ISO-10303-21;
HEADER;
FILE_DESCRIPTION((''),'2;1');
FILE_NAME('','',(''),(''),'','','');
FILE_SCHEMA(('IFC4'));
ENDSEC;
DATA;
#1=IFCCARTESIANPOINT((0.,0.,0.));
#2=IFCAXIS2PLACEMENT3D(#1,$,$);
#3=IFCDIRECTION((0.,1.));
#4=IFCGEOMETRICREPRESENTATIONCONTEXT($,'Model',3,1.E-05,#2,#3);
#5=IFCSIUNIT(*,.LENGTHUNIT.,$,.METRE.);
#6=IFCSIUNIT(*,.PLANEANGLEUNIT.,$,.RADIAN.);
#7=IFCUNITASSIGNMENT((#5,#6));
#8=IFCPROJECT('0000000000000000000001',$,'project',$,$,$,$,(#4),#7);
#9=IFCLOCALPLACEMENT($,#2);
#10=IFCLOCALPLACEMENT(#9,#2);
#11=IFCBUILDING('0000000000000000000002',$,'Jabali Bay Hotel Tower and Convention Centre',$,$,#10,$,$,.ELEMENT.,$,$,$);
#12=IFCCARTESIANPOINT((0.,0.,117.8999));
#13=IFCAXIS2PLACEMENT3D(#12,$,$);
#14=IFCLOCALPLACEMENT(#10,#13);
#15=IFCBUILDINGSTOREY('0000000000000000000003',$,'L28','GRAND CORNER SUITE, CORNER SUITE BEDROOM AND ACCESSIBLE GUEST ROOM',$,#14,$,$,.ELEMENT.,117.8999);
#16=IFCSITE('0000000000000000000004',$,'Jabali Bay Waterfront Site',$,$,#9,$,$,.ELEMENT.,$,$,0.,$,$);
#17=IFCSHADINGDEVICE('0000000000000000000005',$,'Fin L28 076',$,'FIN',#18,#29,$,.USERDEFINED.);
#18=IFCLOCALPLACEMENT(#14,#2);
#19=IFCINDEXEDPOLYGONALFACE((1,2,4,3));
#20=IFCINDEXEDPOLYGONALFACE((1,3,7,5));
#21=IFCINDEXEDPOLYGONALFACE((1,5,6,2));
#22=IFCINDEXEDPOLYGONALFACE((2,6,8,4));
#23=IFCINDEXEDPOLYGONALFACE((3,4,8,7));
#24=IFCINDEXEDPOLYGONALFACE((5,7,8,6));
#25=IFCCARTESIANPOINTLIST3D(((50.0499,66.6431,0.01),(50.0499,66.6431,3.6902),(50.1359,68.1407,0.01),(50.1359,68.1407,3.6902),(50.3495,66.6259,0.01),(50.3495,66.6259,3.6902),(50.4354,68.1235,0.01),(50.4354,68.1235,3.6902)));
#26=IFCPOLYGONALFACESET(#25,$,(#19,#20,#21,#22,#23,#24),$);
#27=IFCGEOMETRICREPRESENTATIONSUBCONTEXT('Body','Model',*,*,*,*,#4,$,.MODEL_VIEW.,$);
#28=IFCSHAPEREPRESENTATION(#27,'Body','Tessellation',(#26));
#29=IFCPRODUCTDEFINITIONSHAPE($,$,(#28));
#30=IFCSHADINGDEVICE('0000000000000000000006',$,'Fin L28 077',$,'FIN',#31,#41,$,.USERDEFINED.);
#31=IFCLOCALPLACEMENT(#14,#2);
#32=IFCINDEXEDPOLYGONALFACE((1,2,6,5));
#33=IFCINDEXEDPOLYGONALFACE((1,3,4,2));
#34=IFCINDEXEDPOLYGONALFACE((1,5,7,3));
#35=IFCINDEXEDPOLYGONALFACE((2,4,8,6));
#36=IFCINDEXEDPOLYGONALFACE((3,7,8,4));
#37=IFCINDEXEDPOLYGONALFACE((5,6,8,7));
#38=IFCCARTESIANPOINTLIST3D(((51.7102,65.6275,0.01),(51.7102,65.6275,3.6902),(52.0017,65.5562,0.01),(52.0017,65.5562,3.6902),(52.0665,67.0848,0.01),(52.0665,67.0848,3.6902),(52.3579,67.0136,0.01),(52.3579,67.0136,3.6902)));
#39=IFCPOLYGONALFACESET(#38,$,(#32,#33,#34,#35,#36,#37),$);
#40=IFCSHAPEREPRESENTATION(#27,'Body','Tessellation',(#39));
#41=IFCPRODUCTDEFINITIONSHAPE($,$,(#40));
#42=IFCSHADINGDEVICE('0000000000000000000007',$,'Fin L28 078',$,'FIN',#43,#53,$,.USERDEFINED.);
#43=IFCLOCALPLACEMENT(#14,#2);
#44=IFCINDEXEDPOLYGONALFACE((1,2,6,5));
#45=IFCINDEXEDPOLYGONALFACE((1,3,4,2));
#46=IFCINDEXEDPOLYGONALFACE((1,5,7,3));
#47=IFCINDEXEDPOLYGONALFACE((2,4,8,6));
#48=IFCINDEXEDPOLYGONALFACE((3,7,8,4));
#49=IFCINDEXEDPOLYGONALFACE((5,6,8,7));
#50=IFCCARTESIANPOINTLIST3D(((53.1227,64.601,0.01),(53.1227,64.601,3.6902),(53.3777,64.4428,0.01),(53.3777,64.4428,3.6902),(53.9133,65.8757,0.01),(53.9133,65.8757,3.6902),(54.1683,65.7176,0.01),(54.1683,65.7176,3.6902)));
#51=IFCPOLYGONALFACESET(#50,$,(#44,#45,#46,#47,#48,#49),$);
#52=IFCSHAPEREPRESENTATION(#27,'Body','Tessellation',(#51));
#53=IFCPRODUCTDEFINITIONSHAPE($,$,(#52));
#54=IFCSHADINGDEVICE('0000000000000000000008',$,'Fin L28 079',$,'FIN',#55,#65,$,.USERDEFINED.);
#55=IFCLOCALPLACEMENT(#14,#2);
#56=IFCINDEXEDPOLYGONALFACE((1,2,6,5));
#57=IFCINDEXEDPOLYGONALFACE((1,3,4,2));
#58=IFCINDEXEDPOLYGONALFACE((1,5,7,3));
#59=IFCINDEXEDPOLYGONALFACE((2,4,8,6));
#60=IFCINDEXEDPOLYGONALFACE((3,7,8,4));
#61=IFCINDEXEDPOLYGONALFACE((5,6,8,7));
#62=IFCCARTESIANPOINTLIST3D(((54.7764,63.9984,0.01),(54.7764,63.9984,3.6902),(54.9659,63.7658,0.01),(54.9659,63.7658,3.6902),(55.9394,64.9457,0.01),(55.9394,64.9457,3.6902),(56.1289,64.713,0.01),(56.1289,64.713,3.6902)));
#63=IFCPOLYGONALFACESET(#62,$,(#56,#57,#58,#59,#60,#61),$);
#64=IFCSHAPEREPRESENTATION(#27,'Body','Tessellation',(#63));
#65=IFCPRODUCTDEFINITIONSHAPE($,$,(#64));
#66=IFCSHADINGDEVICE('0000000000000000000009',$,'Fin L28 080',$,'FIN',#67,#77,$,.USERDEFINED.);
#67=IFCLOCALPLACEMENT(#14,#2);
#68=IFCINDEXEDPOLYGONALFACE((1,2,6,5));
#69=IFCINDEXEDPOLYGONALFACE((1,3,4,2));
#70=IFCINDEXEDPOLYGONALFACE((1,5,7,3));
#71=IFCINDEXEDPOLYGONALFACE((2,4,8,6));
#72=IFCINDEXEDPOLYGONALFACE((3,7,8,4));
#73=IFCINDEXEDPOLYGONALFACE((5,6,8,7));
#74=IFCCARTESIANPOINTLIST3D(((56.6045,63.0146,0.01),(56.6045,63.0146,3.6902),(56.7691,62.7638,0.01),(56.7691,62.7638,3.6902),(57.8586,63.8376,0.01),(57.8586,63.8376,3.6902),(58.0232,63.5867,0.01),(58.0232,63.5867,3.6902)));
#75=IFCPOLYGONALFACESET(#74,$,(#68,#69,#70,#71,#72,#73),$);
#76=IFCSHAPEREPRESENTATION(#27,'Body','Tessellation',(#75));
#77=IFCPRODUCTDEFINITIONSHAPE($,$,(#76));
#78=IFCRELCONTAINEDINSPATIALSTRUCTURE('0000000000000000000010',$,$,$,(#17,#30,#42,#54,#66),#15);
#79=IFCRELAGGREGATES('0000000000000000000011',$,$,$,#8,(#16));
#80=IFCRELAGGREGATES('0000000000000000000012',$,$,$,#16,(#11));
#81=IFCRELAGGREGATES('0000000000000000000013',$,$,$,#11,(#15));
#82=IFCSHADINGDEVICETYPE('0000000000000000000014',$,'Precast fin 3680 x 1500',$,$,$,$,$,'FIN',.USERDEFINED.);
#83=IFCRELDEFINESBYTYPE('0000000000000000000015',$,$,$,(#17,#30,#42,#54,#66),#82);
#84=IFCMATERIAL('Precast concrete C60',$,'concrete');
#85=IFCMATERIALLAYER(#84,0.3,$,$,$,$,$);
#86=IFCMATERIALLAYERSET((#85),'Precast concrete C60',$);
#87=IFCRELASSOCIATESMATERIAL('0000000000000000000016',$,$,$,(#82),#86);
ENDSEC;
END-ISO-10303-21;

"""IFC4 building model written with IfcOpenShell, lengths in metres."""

from ifc_helpers import new_model, si_unit, direction, frame, frame_2d, origin, place, context, subcontext, project, spatial, rectangle, extrude, material, layer, layer_set, type_object, element, save


model = new_model("IFC4")

# Units and contexts
model_context = context("Model", 3, precision=1e-05, world=origin(), true_north=direction((0.0, 1.0)))
body_context = subcontext(model_context, "Body", "Model", "MODEL_VIEW")
ifc_project = project(units=[si_unit("LENGTHUNIT", "METRE"), si_unit("PLANEANGLEUNIT", "RADIAN")], contexts=[model_context])

# Site, building, storey
site_placement = place(None, origin())
site = spatial("IfcSite", under=ifc_project, at=site_placement, Name="Jabali Bay Waterfront Site", CompositionType="ELEMENT", RefElevation=0.0)
building_placement = place(site_placement, origin())
building = spatial("IfcBuilding", under=site, at=building_placement, Name="Jabali Bay Hotel Tower and Convention Centre", CompositionType="ELEMENT")
storey_placement = place(building_placement, frame((0.0, 0.0, 117.8999)))
storey = spatial("IfcBuildingStorey", under=building, at=storey_placement, Name="L28", Description="GRAND CORNER SUITE, CORNER SUITE BEDROOM AND ACCESSIBLE GUEST ROOM", CompositionType="ELEMENT", Elevation=117.8999)

# Shading devices
ifc_material_1 = material(Name="Precast concrete C60", Category="concrete")
ifc_layer_1 = layer(ifc_material_1, 0.3)
ifc_layer_set_1 = layer_set([ifc_layer_1], Name="Precast concrete C60")
shading_device_type = type_object("IfcShadingDeviceType", Name="Precast fin 3680 x 1500", ElementType="FIN", PredefinedType="USERDEFINED", material=ifc_layer_set_1)
for number, where, z_axis, x_axis, name in (
    (1, (50.2856, 68.1321, 0.01), (0.0, 0.0, 1.0), (-0.057291, -0.998358, 0.0), "Fin L28 076"),
):
    element("IfcShadingDevice", number, at=place(storey_placement, frame(where, z_axis=z_axis, x_axis=x_axis)), inside=storey, type_object=shading_device_type, Name=name, ObjectType="FIN", PredefinedType="USERDEFINED", context=body_context, shape_type="SweptSolid", body=[
        extrude(rectangle(XDim=1.5, YDim=0.3, at=frame_2d((0.75, 0.0))), origin(), (0.0, 0.0, 1.0), 3.6802),
    ])
shading_device_placement = place(storey_placement, frame((52.2122, 67.0491, 0.01), z_axis=(0.0, 0.0, 1.0), x_axis=(-0.237439, -0.971402, 0.0)))
element("IfcShadingDevice", 2, at=shading_device_placement, inside=storey, type_object=shading_device_type, Name="Fin L28 077", ObjectType="FIN", PredefinedType="USERDEFINED", context=body_context, shape_type="SweptSolid", body=[
    extrude(rectangle(XDim=1.5002, YDim=0.3, at=frame_2d((0.75, 0.0))), origin(), (0.0, 0.0, 1.0), 3.6802),
])
for number, where, z_axis, x_axis, name in (
    (3, (54.0408, 65.7966, 0.01), (0.0, 0.0, 1.0), (-0.527055, -0.849831, 0.0), "Fin L28 078"),
    (4, (56.0342, 64.8293, 0.01), (0.0, 0.0, 1.0), (-0.775377, -0.631499, 0.0), "Fin L28 079"),
    (5, (57.9409, 63.7122, 0.01), (0.0, 0.0, 1.0), (-0.83606, -0.548639, 0.0), "Fin L28 080"),
):
    element("IfcShadingDevice", number, at=place(storey_placement, frame(where, z_axis=z_axis, x_axis=x_axis)), inside=storey, type_object=shading_device_type, Name=name, ObjectType="FIN", PredefinedType="USERDEFINED", context=body_context, shape_type="SweptSolid", body=[
        extrude(rectangle(XDim=1.5, YDim=0.3, at=frame_2d((0.75, 0.0))), origin(), (0.0, 0.0, 1.0), 3.6802),
    ])

save(model, "model.ifc")
